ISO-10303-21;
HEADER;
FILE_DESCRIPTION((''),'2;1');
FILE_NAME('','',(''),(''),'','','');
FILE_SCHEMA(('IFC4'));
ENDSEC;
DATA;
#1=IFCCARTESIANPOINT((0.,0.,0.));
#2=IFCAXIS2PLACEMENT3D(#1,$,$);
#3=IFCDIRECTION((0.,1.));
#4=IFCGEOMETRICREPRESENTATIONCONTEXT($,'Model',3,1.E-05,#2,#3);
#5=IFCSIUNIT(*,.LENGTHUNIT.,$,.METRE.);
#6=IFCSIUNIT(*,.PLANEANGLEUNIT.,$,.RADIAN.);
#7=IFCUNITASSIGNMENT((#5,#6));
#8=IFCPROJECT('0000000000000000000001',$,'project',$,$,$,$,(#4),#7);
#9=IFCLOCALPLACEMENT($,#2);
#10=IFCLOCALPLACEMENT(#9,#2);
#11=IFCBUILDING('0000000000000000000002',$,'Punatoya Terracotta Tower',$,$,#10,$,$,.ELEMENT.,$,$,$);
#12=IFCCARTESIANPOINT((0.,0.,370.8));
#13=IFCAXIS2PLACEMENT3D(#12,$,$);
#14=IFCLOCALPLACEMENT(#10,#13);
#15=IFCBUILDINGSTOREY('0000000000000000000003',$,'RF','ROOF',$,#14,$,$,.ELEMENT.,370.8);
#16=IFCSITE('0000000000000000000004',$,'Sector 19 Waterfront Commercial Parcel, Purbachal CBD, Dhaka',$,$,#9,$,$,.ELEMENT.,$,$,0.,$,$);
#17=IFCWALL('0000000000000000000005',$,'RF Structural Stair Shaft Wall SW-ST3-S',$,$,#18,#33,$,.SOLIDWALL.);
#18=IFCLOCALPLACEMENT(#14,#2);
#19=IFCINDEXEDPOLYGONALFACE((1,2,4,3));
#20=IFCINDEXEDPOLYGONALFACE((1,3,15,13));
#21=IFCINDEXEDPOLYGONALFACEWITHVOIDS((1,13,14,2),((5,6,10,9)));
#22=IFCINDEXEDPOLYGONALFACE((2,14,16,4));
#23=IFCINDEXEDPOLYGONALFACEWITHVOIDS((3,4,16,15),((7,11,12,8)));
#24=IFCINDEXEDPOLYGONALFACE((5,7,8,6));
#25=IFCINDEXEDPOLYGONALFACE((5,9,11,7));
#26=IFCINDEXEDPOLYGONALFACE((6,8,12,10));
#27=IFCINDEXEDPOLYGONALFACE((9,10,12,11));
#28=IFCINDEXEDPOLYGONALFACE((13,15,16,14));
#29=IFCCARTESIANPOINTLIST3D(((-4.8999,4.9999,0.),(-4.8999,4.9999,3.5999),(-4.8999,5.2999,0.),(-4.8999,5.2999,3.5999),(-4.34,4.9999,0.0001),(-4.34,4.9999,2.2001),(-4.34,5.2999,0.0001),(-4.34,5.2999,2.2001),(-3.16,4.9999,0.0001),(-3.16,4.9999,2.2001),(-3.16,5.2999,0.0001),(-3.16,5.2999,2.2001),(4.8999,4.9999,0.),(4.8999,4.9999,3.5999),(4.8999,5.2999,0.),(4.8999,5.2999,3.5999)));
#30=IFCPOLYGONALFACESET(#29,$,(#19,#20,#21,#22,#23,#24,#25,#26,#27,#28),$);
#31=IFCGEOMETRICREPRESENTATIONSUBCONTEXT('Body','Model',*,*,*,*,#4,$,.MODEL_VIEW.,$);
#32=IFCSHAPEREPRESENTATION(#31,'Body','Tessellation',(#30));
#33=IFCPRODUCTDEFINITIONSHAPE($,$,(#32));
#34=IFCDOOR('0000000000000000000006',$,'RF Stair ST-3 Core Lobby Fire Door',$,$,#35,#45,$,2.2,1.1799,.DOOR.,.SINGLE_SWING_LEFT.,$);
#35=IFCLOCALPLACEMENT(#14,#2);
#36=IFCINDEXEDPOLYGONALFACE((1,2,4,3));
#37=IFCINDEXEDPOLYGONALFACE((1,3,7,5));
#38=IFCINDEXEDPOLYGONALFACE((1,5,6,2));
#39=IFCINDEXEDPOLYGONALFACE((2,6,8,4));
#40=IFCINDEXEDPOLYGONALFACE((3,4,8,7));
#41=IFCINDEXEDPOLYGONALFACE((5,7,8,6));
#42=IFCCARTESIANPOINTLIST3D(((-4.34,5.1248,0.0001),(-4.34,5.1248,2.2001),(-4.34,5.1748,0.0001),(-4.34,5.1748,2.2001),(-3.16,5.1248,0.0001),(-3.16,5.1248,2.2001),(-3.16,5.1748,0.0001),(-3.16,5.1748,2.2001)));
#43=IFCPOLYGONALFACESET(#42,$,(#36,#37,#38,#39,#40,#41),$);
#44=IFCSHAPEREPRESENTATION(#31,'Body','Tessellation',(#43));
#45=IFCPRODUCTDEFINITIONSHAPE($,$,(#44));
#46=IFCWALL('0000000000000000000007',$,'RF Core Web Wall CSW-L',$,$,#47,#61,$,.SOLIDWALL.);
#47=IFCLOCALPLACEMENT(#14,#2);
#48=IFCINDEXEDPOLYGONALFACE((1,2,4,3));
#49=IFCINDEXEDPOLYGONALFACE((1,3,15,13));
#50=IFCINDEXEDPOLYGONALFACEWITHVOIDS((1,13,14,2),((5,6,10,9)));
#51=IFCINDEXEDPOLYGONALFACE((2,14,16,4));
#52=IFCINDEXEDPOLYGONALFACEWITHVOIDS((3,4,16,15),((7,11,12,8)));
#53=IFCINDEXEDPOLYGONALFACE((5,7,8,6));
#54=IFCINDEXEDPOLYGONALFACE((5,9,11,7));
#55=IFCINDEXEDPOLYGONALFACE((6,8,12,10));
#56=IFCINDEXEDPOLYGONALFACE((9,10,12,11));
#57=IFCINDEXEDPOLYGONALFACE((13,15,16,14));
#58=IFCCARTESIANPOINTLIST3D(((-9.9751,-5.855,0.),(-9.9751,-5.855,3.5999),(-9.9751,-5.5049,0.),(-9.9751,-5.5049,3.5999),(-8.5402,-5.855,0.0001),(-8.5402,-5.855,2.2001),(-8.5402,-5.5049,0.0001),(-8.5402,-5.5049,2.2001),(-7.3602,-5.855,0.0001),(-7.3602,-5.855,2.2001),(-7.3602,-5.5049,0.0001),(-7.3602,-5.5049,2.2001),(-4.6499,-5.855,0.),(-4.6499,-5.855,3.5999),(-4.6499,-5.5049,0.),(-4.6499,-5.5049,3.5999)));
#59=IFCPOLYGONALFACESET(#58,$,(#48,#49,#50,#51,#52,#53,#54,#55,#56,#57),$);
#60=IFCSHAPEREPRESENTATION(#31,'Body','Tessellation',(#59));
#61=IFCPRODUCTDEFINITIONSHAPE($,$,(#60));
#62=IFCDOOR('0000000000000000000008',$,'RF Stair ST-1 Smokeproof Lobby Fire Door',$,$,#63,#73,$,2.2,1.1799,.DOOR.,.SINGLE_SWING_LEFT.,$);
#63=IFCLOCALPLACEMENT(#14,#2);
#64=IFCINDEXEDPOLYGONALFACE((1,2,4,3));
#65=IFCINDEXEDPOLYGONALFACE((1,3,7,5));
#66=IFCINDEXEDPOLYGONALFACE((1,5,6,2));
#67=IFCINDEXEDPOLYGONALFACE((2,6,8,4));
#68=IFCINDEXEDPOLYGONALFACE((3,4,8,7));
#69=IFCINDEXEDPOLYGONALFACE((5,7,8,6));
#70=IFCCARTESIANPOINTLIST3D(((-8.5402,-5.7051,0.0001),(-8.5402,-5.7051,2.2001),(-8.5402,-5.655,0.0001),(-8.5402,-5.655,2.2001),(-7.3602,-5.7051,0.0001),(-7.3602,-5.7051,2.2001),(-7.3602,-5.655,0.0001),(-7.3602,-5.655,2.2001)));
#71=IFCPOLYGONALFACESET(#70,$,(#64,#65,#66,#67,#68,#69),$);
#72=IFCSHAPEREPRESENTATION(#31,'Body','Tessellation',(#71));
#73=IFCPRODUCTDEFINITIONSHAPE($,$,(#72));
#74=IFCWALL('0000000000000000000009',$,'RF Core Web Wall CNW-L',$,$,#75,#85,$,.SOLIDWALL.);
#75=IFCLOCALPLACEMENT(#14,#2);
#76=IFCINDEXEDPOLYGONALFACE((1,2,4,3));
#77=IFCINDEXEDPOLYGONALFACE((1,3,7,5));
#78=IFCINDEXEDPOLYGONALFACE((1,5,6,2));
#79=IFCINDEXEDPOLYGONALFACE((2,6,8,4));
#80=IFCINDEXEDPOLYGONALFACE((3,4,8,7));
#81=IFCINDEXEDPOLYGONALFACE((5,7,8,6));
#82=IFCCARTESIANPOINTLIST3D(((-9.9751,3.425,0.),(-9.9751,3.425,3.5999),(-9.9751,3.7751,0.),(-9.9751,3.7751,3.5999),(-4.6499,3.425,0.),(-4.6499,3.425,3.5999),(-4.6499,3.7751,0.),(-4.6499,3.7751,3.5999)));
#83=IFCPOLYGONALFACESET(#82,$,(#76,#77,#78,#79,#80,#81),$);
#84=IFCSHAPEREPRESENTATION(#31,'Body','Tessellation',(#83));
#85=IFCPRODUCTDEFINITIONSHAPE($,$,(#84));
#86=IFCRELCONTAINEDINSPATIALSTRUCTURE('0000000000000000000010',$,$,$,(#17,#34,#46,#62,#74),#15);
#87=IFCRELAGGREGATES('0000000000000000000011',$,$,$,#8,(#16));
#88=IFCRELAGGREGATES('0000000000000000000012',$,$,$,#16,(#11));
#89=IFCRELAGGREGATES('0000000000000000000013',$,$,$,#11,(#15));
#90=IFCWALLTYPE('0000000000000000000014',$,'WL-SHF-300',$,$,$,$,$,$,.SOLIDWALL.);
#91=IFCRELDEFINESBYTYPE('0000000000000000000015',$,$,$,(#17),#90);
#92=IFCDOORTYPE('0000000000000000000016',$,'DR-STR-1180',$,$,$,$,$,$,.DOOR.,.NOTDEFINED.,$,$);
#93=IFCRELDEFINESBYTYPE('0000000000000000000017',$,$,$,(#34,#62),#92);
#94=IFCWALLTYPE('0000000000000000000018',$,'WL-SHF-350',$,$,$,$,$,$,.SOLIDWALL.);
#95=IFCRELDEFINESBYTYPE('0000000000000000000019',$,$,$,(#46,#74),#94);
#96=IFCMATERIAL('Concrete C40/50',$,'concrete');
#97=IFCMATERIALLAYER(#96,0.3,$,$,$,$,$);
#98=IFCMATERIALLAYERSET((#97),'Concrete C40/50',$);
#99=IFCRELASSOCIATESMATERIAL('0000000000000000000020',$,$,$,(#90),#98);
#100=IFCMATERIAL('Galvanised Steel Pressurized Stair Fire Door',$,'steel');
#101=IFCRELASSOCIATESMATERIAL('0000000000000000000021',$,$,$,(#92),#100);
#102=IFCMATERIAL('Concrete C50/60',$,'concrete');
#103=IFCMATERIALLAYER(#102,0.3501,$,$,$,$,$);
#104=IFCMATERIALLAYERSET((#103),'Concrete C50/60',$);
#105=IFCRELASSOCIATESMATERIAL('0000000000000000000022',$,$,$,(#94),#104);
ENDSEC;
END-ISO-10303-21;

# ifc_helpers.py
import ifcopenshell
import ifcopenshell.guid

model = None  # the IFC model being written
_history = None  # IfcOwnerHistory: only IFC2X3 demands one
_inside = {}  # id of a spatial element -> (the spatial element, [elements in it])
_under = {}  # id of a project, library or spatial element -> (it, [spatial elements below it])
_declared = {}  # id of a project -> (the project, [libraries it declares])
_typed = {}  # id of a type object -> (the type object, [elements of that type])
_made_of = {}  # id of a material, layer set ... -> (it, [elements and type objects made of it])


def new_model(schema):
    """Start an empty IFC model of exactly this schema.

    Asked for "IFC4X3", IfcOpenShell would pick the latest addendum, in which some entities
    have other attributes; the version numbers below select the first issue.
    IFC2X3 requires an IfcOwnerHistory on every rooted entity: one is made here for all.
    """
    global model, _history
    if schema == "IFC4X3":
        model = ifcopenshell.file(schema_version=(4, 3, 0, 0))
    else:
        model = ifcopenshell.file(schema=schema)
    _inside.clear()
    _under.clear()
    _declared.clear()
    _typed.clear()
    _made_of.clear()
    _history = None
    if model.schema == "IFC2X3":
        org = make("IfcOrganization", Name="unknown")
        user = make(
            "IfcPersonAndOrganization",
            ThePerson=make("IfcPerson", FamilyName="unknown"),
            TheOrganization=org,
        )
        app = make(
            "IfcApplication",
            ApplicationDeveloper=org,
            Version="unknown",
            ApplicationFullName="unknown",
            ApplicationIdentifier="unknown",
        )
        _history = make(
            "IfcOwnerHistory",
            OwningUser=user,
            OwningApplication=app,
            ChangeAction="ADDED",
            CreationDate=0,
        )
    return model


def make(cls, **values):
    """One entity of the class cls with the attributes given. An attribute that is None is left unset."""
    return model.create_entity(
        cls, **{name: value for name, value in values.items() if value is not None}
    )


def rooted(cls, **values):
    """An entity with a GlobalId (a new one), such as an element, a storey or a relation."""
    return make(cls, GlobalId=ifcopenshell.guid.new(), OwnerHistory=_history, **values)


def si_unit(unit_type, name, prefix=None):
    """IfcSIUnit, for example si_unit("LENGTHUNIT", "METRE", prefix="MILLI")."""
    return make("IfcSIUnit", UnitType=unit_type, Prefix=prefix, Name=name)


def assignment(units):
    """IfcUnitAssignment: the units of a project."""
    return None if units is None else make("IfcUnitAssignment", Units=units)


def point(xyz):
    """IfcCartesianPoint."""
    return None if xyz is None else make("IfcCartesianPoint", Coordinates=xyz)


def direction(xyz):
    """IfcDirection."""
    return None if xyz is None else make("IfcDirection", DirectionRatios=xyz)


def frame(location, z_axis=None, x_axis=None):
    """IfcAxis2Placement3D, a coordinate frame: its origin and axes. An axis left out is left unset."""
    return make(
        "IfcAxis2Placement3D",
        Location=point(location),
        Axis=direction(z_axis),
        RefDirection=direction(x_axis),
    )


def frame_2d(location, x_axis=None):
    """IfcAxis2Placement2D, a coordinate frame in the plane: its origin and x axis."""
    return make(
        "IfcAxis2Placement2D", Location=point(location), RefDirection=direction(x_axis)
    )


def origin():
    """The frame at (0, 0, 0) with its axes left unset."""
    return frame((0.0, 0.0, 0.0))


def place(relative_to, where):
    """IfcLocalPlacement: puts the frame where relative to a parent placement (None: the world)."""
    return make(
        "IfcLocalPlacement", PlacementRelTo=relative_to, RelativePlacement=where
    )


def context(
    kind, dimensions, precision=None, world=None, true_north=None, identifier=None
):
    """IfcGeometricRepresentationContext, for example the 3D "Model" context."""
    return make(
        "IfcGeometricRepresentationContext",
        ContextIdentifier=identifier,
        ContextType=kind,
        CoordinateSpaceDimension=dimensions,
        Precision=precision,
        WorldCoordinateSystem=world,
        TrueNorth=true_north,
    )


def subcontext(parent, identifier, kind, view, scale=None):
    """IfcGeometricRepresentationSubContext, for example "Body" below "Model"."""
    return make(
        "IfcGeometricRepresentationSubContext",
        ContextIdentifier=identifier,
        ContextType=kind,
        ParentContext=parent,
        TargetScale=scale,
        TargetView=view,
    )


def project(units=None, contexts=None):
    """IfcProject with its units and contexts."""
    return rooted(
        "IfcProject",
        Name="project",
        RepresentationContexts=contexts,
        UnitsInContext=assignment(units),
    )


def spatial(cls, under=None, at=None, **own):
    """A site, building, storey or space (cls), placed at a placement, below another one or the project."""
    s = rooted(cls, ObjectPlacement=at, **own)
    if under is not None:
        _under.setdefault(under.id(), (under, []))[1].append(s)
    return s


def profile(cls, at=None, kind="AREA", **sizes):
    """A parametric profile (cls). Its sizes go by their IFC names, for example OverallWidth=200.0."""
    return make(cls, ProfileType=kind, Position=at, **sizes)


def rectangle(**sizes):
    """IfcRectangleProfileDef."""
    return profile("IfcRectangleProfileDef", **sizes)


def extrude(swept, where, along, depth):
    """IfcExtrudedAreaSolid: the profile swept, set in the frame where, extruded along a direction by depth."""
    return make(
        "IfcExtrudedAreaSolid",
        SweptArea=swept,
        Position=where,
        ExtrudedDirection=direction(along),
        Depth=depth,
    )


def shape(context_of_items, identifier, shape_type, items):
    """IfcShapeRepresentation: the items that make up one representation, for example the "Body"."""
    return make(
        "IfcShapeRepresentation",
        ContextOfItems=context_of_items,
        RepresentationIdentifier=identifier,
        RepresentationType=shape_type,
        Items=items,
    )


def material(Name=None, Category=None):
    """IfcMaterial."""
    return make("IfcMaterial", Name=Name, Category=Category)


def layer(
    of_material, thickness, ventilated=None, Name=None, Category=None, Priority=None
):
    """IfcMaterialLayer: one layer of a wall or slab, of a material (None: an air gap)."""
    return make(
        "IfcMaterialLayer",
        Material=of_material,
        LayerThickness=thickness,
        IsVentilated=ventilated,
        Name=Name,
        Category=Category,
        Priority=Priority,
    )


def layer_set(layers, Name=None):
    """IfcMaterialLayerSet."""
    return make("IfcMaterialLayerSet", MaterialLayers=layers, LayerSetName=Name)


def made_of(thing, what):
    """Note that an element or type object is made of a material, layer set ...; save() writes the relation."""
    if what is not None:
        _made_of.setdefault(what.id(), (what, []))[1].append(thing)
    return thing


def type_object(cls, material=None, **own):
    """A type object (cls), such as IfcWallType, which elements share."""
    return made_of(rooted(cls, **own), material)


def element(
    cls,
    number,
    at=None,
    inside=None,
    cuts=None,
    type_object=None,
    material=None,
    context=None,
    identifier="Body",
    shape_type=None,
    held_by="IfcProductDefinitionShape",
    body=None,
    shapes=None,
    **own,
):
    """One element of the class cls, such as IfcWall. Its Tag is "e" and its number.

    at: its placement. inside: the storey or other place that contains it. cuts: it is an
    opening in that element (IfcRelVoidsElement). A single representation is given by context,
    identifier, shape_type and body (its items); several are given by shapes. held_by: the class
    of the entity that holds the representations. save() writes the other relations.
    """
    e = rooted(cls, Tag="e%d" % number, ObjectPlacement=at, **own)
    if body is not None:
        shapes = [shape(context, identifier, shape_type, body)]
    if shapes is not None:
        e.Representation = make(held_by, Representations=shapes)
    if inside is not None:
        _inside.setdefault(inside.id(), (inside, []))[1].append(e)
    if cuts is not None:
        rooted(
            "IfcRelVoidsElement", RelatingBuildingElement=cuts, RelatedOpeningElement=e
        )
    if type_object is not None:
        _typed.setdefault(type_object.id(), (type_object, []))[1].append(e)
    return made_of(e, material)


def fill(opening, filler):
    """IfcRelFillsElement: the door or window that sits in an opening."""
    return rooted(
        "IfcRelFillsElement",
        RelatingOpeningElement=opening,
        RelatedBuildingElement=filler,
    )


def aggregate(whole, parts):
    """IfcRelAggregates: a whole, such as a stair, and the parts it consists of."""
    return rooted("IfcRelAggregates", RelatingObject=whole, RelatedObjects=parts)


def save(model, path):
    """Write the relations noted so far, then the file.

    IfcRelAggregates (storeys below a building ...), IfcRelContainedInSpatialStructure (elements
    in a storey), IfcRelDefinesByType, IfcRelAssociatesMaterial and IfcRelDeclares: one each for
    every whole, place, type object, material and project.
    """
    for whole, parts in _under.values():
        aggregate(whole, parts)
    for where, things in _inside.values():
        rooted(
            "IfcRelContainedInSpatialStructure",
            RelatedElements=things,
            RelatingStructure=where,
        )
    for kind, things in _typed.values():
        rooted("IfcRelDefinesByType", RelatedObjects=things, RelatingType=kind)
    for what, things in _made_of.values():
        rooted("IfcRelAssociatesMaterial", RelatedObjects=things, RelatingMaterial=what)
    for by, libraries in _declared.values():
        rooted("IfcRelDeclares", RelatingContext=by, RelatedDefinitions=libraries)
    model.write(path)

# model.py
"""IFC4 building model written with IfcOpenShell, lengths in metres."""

from ifc_helpers import new_model, si_unit, direction, frame, frame_2d, origin, place, context, subcontext, project, spatial, rectangle, extrude, material, layer, layer_set, type_object, element, fill, save


model = new_model("IFC4")

# Units and contexts
model_context = context("Model", 3, precision=1e-05, world=origin(), true_north=direction((0.0, 1.0)))
body_context = subcontext(model_context, "Body", "Model", "MODEL_VIEW")
ifc_project = project(units=[si_unit("LENGTHUNIT", "METRE"), si_unit("PLANEANGLEUNIT", "RADIAN")], contexts=[model_context])

# Site, building, storey
site_placement = place(None, origin())
site = spatial("IfcSite", under=ifc_project, at=site_placement, Name="Sector 19 Waterfront Commercial Parcel, Purbachal CBD, Dhaka", CompositionType="ELEMENT", RefElevation=0.0)
building_placement = place(site_placement, origin())
building = spatial("IfcBuilding", under=site, at=building_placement, Name="Punatoya Terracotta Tower", CompositionType="ELEMENT")
storey_placement = place(building_placement, frame((0.0, 0.0, 370.8)))
storey = spatial("IfcBuildingStorey", under=building, at=storey_placement, Name="RF", Description="ROOF", CompositionType="ELEMENT", Elevation=370.8)

# Shared definitions
ifc_material_1 = material(Name="Concrete C50/60", Category="concrete")
ifc_material_2 = material(Name="Concrete C40/50", Category="concrete")
ifc_layer_1 = layer(ifc_material_2, 0.3)
ifc_layer_set_1 = layer_set([ifc_layer_1], Name="Concrete C40/50")
wall_type_1 = type_object("IfcWallType", Name="WL-SHF-300", PredefinedType="SOLIDWALL", material=ifc_layer_set_1)

# Walls, openings, doors
wall_1_placement = place(storey_placement, frame((-4.8999, 5.1499, 0.0), z_axis=(0.0, 0.0, 1.0), x_axis=(1.0, 0.0, 0.0)))
wall_1 = element("IfcWall", 1, at=wall_1_placement, inside=storey, type_object=wall_type_1, Name="RF Structural Stair Shaft Wall SW-ST3-S", PredefinedType="SOLIDWALL", context=body_context, shape_type="SweptSolid", body=[
    extrude(rectangle(XDim=9.7998, YDim=0.3, at=frame_2d((4.8999, 0.0))), origin(), (0.0, 0.0, 1.0), 3.5999),
])
opening_1_placement = place(wall_1_placement, frame((0.5601, 0.0, 0.0)))
opening_1 = element("IfcOpeningElement", 2, at=opening_1_placement, cuts=wall_1, PredefinedType="OPENING", context=body_context, shape_type="SweptSolid", body=[
    extrude(rectangle(XDim=1.1799, YDim=2.2, at=frame_2d((0.5898, 1.1001))), frame((0.0, 0.1599, 0.0), z_axis=(0.0, -1.0, 0.0), x_axis=(1.0, 0.0, 0.0)), (0.0, 0.0, 1.0), 0.3201),
])
ifc_material_3 = material(Name="Galvanised Steel Pressurized Stair Fire Door", Category="steel")
door_type = type_object("IfcDoorType", Name="DR-STR-1180", OperationType="NOTDEFINED", PredefinedType="DOOR", material=ifc_material_3)
door_1_placement = place(opening_1_placement, origin())
door_1 = element("IfcDoor", 3, at=door_1_placement, inside=storey, type_object=door_type, Name="RF Stair ST-3 Core Lobby Fire Door", OperationType="SINGLE_SWING_LEFT", OverallHeight=2.2, OverallWidth=1.1799, PredefinedType="DOOR", context=body_context, shape_type="SweptSolid", body=[
    extrude(rectangle(XDim=1.1799, YDim=2.2, at=frame_2d((0.5898, 1.1001))), frame((0.0, 0.0249, 0.0), z_axis=(0.0, -1.0, 0.0), x_axis=(1.0, 0.0, 0.0)), (0.0, 0.0, 1.0), 0.05),
])
fill(opening_1, door_1)
ifc_layer_2 = layer(ifc_material_1, 0.3501)
ifc_layer_set_2 = layer_set([ifc_layer_2], Name="Concrete C50/60")
wall_type_2 = type_object("IfcWallType", Name="WL-SHF-350", PredefinedType="SOLIDWALL", material=ifc_layer_set_2)
wall_2_placement = place(storey_placement, frame((-9.9751, -5.6799, 0.0), z_axis=(0.0, 0.0, 1.0), x_axis=(1.0, 0.0, 0.0)))
wall_2 = element("IfcWall", 4, at=wall_2_placement, inside=storey, type_object=wall_type_2, Name="RF Core Web Wall CSW-L", PredefinedType="SOLIDWALL", context=body_context, shape_type="SweptSolid", body=[
    extrude(rectangle(XDim=5.3252, YDim=0.3501, at=frame_2d((2.6626, 0.0))), origin(), (0.0, 0.0, 1.0), 3.5999),
])
opening_2_placement = place(wall_2_placement, frame((1.4351, 0.0, 0.0)))
opening_2 = element("IfcOpeningElement", 5, at=opening_2_placement, cuts=wall_2, PredefinedType="OPENING", context=body_context, shape_type="SweptSolid", body=[
    extrude(rectangle(XDim=1.1799, YDim=2.2, at=frame_2d((0.5898, 1.1001))), frame((0.0, 0.1851, 0.0), z_axis=(0.0, -1.0, 0.0), x_axis=(1.0, 0.0, 0.0)), (0.0, 0.0, 1.0), 0.3701),
])
door_2_placement = place(opening_2_placement, origin())
door_2 = element("IfcDoor", 6, at=door_2_placement, inside=storey, type_object=door_type, Name="RF Stair ST-1 Smokeproof Lobby Fire Door", OperationType="SINGLE_SWING_LEFT", OverallHeight=2.2, OverallWidth=1.1799, PredefinedType="DOOR", context=body_context, shape_type="SweptSolid", body=[
    extrude(rectangle(XDim=1.1799, YDim=2.2, at=frame_2d((0.5898, 1.1001))), frame((0.0, 0.0249, 0.0), z_axis=(0.0, -1.0, 0.0), x_axis=(1.0, 0.0, 0.0)), (0.0, 0.0, 1.0), 0.05),
])
fill(opening_2, door_2)

# Wall
wall_3_placement = place(storey_placement, frame((-9.9751, 3.6001, 0.0), z_axis=(0.0, 0.0, 1.0), x_axis=(1.0, 0.0, 0.0)))
element("IfcWall", 7, at=wall_3_placement, inside=storey, type_object=wall_type_2, Name="RF Core Web Wall CNW-L", PredefinedType="SOLIDWALL", context=body_context, shape_type="SweptSolid", body=[
    extrude(rectangle(XDim=5.3252, YDim=0.3501, at=frame_2d((2.6626, 0.0))), origin(), (0.0, 0.0, 1.0), 3.5999),
])

save(model, "model.ifc")
